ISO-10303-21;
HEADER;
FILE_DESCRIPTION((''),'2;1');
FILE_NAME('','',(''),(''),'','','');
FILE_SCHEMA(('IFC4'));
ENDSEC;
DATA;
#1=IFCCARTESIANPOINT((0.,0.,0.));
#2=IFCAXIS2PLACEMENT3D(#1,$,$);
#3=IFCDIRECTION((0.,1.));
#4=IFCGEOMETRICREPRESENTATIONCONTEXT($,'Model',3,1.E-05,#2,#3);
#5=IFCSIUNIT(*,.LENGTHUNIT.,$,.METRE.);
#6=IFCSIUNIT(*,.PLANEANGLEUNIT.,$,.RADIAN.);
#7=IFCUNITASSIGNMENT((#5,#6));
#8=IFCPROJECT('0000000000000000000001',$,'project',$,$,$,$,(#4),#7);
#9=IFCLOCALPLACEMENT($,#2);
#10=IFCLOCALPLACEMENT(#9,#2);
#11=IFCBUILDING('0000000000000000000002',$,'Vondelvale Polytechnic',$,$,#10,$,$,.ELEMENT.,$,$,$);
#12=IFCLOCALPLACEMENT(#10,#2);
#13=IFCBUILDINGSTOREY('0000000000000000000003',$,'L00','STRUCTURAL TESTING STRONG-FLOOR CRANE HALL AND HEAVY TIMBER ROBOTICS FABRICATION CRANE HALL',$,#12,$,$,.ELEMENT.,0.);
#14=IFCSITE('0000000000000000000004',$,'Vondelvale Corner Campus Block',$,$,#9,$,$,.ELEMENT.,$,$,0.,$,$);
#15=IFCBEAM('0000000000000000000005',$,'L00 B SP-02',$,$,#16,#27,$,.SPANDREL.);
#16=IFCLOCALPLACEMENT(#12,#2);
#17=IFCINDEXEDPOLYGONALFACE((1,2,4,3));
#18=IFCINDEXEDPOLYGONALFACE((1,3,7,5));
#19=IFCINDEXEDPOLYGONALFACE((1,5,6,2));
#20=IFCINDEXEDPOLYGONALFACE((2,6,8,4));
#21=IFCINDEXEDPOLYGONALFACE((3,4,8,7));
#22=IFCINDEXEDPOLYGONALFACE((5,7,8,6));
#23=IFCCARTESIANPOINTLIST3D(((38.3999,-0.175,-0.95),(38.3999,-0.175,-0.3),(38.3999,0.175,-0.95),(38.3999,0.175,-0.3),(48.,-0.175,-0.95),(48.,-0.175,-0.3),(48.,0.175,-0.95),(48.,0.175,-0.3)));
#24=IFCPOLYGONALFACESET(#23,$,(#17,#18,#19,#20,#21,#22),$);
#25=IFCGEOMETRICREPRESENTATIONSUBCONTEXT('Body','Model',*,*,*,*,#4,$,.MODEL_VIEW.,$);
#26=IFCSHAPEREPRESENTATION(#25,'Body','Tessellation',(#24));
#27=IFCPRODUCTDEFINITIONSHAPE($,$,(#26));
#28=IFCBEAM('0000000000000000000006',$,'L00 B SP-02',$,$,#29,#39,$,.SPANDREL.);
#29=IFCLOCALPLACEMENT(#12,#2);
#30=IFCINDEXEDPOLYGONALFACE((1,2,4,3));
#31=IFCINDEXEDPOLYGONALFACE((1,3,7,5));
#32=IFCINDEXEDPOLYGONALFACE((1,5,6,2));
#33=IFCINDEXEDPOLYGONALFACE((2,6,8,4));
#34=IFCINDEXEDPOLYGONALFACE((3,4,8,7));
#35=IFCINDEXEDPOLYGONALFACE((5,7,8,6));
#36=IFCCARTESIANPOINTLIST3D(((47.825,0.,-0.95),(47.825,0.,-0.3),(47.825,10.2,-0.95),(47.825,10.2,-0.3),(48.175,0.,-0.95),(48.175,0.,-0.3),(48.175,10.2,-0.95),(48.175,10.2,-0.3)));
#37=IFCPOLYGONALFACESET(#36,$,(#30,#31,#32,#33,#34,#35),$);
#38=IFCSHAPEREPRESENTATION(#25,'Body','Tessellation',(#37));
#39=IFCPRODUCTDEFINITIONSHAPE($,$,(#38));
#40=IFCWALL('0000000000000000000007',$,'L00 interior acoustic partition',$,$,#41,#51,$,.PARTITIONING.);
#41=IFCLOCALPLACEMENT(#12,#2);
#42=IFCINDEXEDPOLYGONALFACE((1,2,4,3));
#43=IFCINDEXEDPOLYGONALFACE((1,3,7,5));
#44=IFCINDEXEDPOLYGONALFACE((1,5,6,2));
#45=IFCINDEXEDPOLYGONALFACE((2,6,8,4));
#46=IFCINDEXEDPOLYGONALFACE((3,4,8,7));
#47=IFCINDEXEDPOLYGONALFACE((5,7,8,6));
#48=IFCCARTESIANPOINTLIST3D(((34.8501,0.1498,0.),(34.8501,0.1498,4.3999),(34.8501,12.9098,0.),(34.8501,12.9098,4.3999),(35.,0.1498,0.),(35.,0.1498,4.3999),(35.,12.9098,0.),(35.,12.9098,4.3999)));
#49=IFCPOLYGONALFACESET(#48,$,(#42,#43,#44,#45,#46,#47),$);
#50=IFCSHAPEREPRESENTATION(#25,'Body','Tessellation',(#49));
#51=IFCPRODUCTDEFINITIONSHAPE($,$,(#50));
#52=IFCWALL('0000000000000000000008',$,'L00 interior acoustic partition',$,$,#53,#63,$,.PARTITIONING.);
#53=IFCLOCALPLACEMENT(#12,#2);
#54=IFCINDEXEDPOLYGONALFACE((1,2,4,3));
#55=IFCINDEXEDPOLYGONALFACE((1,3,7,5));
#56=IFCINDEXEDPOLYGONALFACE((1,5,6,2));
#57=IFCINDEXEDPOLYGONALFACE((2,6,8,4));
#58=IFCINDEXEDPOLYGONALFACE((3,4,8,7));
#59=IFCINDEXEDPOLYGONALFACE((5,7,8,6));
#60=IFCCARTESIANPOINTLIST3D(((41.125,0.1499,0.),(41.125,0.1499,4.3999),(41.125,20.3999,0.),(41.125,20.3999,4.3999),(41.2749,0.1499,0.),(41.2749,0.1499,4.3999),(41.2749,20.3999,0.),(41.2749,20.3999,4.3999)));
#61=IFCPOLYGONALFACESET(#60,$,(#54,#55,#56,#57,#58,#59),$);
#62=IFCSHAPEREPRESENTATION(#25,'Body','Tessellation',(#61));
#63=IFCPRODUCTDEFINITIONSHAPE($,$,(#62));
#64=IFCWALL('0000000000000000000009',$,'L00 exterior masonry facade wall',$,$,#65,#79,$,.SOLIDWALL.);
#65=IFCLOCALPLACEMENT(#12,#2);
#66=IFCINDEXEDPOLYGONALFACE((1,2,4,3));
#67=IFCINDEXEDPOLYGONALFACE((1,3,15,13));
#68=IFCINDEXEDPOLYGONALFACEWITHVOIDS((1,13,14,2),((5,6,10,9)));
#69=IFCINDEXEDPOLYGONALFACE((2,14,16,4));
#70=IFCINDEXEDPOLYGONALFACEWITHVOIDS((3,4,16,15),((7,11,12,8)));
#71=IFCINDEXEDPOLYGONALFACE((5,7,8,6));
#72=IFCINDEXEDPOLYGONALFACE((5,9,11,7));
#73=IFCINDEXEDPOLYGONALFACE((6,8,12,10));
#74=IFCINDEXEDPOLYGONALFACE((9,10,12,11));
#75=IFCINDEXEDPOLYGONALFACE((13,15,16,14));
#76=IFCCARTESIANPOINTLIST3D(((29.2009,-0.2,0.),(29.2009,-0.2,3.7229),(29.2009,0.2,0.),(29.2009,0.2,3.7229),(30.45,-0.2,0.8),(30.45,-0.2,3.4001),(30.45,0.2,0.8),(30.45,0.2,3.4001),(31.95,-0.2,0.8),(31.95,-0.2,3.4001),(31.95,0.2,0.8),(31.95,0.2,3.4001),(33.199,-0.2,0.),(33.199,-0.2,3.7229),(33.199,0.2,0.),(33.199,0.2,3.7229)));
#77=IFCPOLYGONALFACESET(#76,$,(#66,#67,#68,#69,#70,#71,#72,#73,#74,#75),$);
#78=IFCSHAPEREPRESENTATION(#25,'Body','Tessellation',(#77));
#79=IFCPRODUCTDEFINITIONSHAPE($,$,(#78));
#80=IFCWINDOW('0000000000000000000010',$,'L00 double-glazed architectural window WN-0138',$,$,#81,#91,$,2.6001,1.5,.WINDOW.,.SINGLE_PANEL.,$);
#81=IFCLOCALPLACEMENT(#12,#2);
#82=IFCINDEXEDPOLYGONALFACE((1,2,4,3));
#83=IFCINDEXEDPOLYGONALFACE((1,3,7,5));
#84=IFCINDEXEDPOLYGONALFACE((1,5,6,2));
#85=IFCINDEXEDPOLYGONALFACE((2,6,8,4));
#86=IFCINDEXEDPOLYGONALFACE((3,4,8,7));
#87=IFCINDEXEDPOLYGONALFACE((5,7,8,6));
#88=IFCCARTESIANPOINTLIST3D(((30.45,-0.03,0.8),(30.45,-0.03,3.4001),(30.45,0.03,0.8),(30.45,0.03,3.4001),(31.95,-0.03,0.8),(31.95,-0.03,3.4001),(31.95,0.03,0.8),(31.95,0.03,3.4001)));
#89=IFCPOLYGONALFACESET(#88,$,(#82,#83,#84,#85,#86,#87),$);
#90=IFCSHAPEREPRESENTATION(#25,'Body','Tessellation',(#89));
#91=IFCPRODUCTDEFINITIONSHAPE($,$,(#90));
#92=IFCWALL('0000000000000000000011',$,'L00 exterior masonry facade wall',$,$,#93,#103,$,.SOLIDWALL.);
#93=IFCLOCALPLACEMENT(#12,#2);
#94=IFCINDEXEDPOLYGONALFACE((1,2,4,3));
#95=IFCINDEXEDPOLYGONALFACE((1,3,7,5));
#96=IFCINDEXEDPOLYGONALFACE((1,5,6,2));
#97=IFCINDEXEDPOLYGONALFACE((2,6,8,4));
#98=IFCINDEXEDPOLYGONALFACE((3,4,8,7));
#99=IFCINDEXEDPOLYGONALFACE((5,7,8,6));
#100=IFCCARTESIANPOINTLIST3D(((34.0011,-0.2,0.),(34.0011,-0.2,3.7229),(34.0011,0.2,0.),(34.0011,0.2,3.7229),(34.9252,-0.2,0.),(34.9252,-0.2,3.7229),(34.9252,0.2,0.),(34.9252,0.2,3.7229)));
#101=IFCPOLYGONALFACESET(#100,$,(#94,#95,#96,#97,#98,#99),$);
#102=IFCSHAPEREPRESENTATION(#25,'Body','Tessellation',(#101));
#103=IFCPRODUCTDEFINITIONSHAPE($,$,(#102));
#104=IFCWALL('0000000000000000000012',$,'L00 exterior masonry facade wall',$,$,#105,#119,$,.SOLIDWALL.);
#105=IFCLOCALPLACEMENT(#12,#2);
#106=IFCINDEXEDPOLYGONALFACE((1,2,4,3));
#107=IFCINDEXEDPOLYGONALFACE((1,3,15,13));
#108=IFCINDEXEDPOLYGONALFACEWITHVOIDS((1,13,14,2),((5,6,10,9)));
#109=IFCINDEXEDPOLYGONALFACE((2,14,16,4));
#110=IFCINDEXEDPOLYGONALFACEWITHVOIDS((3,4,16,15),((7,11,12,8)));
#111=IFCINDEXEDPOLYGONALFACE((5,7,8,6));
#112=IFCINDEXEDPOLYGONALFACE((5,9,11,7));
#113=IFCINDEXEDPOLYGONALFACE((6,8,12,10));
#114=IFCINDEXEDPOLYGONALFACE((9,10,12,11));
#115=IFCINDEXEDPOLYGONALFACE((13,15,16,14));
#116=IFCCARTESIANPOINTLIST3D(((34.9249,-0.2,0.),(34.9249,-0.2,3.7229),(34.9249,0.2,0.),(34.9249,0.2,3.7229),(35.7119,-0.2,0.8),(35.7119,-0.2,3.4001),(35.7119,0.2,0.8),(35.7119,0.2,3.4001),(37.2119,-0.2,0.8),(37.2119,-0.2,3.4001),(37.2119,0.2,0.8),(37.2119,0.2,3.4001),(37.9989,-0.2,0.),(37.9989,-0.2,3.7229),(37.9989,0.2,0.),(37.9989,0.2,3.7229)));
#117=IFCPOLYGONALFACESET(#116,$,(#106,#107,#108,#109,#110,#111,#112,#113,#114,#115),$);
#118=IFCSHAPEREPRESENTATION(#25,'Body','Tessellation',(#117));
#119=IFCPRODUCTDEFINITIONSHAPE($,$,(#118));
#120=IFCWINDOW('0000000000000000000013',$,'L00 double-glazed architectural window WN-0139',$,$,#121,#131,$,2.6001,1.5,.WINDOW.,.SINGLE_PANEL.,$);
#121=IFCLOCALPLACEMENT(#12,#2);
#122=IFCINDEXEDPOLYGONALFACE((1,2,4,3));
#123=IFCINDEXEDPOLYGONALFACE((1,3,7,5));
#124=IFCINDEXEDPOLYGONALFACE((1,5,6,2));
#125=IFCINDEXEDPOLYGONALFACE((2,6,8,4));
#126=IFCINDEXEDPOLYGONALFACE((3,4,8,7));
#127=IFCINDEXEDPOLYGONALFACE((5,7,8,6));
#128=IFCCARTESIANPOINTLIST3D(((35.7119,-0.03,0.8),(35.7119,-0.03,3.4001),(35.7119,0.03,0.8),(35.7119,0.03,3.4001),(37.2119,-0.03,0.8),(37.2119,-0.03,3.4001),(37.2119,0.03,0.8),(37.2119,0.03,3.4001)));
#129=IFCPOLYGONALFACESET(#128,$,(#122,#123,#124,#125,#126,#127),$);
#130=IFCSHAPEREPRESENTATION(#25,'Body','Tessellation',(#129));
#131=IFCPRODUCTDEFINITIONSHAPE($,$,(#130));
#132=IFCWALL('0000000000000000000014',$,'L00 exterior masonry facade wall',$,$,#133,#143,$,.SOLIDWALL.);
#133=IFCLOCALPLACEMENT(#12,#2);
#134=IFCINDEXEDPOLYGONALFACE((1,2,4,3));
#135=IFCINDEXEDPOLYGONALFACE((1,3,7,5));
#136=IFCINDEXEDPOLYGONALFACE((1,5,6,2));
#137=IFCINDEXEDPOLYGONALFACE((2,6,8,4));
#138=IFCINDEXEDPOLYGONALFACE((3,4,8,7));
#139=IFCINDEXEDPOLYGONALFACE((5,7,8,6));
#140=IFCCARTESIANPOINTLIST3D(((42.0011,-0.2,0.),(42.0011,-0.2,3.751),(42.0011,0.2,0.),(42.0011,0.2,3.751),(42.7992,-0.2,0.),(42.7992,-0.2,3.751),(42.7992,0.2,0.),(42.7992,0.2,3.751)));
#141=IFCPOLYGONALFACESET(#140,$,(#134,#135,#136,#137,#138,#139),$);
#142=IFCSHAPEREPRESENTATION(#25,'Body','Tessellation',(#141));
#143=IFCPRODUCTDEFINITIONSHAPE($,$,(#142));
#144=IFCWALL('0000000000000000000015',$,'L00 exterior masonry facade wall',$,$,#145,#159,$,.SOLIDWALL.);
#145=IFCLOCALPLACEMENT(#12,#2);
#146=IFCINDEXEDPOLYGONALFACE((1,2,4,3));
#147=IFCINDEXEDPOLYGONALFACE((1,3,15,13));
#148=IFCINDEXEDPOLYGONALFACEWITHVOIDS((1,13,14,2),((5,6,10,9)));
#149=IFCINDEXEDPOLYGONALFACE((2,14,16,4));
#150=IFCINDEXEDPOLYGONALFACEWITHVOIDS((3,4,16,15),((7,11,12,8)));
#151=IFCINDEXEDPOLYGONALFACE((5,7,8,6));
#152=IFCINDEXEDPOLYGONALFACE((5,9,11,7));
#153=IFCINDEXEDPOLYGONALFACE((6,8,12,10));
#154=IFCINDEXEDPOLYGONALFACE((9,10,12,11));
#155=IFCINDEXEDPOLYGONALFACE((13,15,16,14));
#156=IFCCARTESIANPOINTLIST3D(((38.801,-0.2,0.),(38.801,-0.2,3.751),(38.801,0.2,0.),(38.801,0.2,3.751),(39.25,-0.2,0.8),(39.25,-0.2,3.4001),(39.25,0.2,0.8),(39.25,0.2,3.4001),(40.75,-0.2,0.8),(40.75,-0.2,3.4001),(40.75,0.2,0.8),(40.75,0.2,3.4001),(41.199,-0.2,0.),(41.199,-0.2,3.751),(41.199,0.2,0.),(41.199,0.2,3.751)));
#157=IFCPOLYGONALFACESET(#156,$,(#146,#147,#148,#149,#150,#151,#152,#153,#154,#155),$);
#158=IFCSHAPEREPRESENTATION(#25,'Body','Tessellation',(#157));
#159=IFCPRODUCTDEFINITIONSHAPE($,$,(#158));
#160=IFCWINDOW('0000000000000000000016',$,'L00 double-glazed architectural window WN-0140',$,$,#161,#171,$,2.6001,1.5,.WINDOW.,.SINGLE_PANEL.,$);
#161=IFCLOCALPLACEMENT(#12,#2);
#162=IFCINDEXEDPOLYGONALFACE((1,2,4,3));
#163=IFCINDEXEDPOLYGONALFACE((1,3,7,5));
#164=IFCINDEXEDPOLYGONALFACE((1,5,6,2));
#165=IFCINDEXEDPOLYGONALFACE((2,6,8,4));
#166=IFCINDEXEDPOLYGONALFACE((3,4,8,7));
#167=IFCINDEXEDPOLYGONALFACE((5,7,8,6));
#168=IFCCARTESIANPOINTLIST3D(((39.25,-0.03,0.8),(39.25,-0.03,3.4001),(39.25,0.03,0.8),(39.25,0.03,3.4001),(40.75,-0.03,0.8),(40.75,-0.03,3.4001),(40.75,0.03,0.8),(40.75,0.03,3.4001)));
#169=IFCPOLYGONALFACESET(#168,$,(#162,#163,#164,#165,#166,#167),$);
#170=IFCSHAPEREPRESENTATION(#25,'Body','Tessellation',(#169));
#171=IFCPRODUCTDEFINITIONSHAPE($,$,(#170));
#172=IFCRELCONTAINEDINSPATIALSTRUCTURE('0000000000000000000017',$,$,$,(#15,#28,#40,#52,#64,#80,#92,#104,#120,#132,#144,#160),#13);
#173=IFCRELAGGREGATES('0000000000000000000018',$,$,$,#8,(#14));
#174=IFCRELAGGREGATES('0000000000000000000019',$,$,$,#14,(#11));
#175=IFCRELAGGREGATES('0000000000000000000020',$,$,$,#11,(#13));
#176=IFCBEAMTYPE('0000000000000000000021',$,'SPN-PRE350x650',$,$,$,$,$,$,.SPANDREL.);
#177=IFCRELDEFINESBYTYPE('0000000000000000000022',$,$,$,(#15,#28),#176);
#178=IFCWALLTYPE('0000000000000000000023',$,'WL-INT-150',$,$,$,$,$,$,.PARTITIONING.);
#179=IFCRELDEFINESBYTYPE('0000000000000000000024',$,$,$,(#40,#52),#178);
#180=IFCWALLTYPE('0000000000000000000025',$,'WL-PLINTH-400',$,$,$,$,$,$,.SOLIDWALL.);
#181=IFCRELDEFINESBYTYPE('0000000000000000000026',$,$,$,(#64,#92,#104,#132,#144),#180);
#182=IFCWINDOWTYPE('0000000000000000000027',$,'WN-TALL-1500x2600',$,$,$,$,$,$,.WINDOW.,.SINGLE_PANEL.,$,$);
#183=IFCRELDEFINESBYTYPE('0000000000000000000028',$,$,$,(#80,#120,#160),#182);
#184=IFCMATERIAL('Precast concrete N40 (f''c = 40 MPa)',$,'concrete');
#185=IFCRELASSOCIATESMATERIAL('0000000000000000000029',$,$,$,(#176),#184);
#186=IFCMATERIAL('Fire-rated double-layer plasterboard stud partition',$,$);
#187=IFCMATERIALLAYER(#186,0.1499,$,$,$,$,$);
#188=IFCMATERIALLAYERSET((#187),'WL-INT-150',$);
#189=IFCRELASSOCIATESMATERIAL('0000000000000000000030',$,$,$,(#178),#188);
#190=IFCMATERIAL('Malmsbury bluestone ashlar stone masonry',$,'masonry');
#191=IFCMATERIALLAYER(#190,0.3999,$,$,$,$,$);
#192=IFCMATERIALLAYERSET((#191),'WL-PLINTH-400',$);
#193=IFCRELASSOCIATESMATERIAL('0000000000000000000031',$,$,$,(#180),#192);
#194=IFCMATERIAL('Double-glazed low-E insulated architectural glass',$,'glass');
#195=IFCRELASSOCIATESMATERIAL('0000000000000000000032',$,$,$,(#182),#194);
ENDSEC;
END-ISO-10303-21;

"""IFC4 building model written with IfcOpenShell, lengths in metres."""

from ifc_helpers import new_model, si_unit, direction, frame, frame_2d, origin, origin_2d, place, context, subcontext, project, spatial, rectangle, extrude, material, layer, layer_set, material_profile, profile_set, type_object, element, fill, save


model = new_model("IFC4")

# Units and contexts
model_context = context("Model", 3, precision=1e-05, world=origin(), true_north=direction((0.0, 1.0)))
body_context = subcontext(model_context, "Body", "Model", "MODEL_VIEW")
ifc_project = project(units=[si_unit("LENGTHUNIT", "METRE"), si_unit("PLANEANGLEUNIT", "RADIAN")], contexts=[model_context])

# Site, building, storey
site_placement = place(None, origin())
site = spatial("IfcSite", under=ifc_project, at=site_placement, Name="Vondelvale Corner Campus Block", CompositionType="ELEMENT", RefElevation=0.0)
building_placement = place(site_placement, origin())
building = spatial("IfcBuilding", under=site, at=building_placement, Name="Vondelvale Polytechnic", CompositionType="ELEMENT")
storey_placement = place(building_placement, origin())
storey = spatial("IfcBuildingStorey", under=building, at=storey_placement, Name="L00", Description="STRUCTURAL TESTING STRONG-FLOOR CRANE HALL AND HEAVY TIMBER ROBOTICS FABRICATION CRANE HALL", CompositionType="ELEMENT", Elevation=0.0)

# Beams
ifc_material_1 = material(Name="Precast concrete N40 (f'c = 40 MPa)", Category="concrete")
ifc_material_profile_1 = material_profile(ifc_material_1, rectangle(XDim=0.3501, YDim=0.6499, at=origin_2d()), Name="RC-SPN-350x650")
ifc_profile_set_1 = profile_set([ifc_material_profile_1], Name="Precast concrete N40 (f'c = 40 MPa)")
beam_type_1 = type_object("IfcBeamType", Name="SPN-PRE350x650", PredefinedType="SPANDREL", material=ifc_profile_set_1)
beam_1_placement = place(storey_placement, frame((38.3999, 0.0, -0.625), z_axis=(1.0, 0.0, 0.0), x_axis=(0.0, 1.0, 0.0)))
element("IfcBeam", 1, at=beam_1_placement, inside=storey, type_object=beam_type_1, Name="L00 B SP-02", PredefinedType="SPANDREL", context=body_context, shape_type="SweptSolid", body=[
    extrude(rectangle(XDim=0.3501, YDim=0.6499, at=origin_2d()), origin(), (0.0, 0.0, 1.0), 9.6001),
])
beam_2_placement = place(storey_placement, frame((48.0, 0.0, -0.625), z_axis=(0.0, 1.0, 0.0), x_axis=(-1.0, 0.0, 0.0)))
element("IfcBeam", 2, at=beam_2_placement, inside=storey, type_object=beam_type_1, Name="L00 B SP-02", PredefinedType="SPANDREL", context=body_context, shape_type="SweptSolid", body=[
    extrude(rectangle(XDim=0.3501, YDim=0.6499, at=origin_2d()), origin(), (0.0, 0.0, 1.0), 10.2),
])

# Walls
ifc_material_2 = material(Name="Fire-rated double-layer plasterboard stud partition")
ifc_layer_1 = layer(ifc_material_2, 0.1499)
ifc_layer_set_1 = layer_set([ifc_layer_1], Name="WL-INT-150")
wall_type_1 = type_object("IfcWallType", Name="WL-INT-150", PredefinedType="PARTITIONING", material=ifc_layer_set_1)
wall_1_placement = place(storey_placement, frame((34.925, 0.1499, 0.0), z_axis=(0.0, 0.0, 1.0), x_axis=(0.0, 1.0, 0.0)))
element("IfcWall", 3, at=wall_1_placement, inside=storey, type_object=wall_type_1, Name="L00 interior acoustic partition", PredefinedType="PARTITIONING", context=body_context, shape_type="SweptSolid", body=[
    extrude(rectangle(XDim=12.76, YDim=0.1499, at=frame_2d((6.3799, 0.0))), origin(), (0.0, 0.0, 1.0), 4.3999),
])
wall_2_placement = place(storey_placement, frame((41.2, 0.1499, 0.0), z_axis=(0.0, 0.0, 1.0), x_axis=(0.0, 1.0, 0.0)))
element("IfcWall", 4, at=wall_2_placement, inside=storey, type_object=wall_type_1, Name="L00 interior acoustic partition", PredefinedType="PARTITIONING", context=body_context, shape_type="SweptSolid", body=[
    extrude(rectangle(XDim=20.25, YDim=0.1499, at=frame_2d((10.125, 0.0))), origin(), (0.0, 0.0, 1.0), 4.3999),
])

# Wall, opening, window
ifc_material_3 = material(Name="Malmsbury bluestone ashlar stone masonry", Category="masonry")
ifc_layer_2 = layer(ifc_material_3, 0.3999)
ifc_layer_set_2 = layer_set([ifc_layer_2], Name="WL-PLINTH-400")
wall_type_2 = type_object("IfcWallType", Name="WL-PLINTH-400", PredefinedType="SOLIDWALL", material=ifc_layer_set_2)
wall_3_placement = place(storey_placement, frame((33.199, 0.0, 0.0), z_axis=(0.0, 0.0, 1.0), x_axis=(-1.0, 0.0, 0.0)))
wall_3 = element("IfcWall", 5, at=wall_3_placement, inside=storey, type_object=wall_type_2, Name="L00 exterior masonry facade wall", PredefinedType="SOLIDWALL", context=body_context, shape_type="SweptSolid", body=[
    extrude(rectangle(XDim=3.998, YDim=0.3999, at=frame_2d((1.999, 0.0))), origin(), (0.0, 0.0, 1.0), 3.7229),
])
opening_1_placement = place(wall_3_placement, frame((1.249, 0.0, 0.8)))
opening_1 = element("IfcOpeningElement", 6, at=opening_1_placement, cuts=wall_3, PredefinedType="OPENING", context=body_context, shape_type="SweptSolid", body=[
    extrude(rectangle(XDim=1.5, YDim=2.6001, at=frame_2d((0.75, 1.3))), frame((0.0, 0.21, 0.0), z_axis=(0.0, -1.0, 0.0), x_axis=(1.0, 0.0, 0.0)), (0.0, 0.0, 1.0), 0.4199),
])
ifc_material_4 = material(Name="Double-glazed low-E insulated architectural glass", Category="glass")
window_type = type_object("IfcWindowType", Name="WN-TALL-1500x2600", PartitioningType="SINGLE_PANEL", PredefinedType="WINDOW", material=ifc_material_4)
window_1_placement = place(opening_1_placement, origin())
window_1 = element("IfcWindow", 7, at=window_1_placement, inside=storey, type_object=window_type, Name="L00 double-glazed architectural window WN-0138", OverallHeight=2.6001, OverallWidth=1.5, PartitioningType="SINGLE_PANEL", PredefinedType="WINDOW", context=body_context, shape_type="SweptSolid", body=[
    extrude(rectangle(XDim=1.5, YDim=2.6001, at=frame_2d((0.75, 1.3))), frame((0.0, 0.03, 0.0), z_axis=(0.0, -1.0, 0.0), x_axis=(1.0, 0.0, 0.0)), (0.0, 0.0, 1.0), 0.0601),
])
fill(opening_1, window_1)

# Wall
wall_4_placement = place(storey_placement, frame((34.925, 0.0, 0.0), z_axis=(0.0, 0.0, 1.0), x_axis=(-1.0, 0.0, 0.0)))
element("IfcWall", 8, at=wall_4_placement, inside=storey, type_object=wall_type_2, Name="L00 exterior masonry facade wall", PredefinedType="SOLIDWALL", context=body_context, shape_type="SweptSolid", body=[
    extrude(rectangle(XDim=0.9241, YDim=0.3999, at=frame_2d((0.4619, 0.0))), origin(), (0.0, 0.0, 1.0), 3.7229),
])

# Wall, opening, window
wall_5_placement = place(storey_placement, frame((37.999, 0.0, 0.0), z_axis=(0.0, 0.0, 1.0), x_axis=(-1.0, 0.0, 0.0)))
wall_5 = element("IfcWall", 9, at=wall_5_placement, inside=storey, type_object=wall_type_2, Name="L00 exterior masonry facade wall", PredefinedType="SOLIDWALL", context=body_context, shape_type="SweptSolid", body=[
    extrude(rectangle(XDim=3.074, YDim=0.3999, at=frame_2d((1.5371, 0.0))), origin(), (0.0, 0.0, 1.0), 3.7229),
])
opening_2_placement = place(wall_5_placement, frame((0.7871, 0.0, 0.8)))
opening_2 = element("IfcOpeningElement", 10, at=opening_2_placement, cuts=wall_5, PredefinedType="OPENING", context=body_context, shape_type="SweptSolid", body=[
    extrude(rectangle(XDim=1.5, YDim=2.6001, at=frame_2d((0.75, 1.3))), frame((0.0, 0.21, 0.0), z_axis=(0.0, -1.0, 0.0), x_axis=(1.0, 0.0, 0.0)), (0.0, 0.0, 1.0), 0.4199),
])
window_2_placement = place(opening_2_placement, origin())
window_2 = element("IfcWindow", 11, at=window_2_placement, inside=storey, type_object=window_type, Name="L00 double-glazed architectural window WN-0139", OverallHeight=2.6001, OverallWidth=1.5, PartitioningType="SINGLE_PANEL", PredefinedType="WINDOW", context=body_context, shape_type="SweptSolid", body=[
    extrude(rectangle(XDim=1.5, YDim=2.6001, at=frame_2d((0.75, 1.3))), frame((0.0, 0.03, 0.0), z_axis=(0.0, -1.0, 0.0), x_axis=(1.0, 0.0, 0.0)), (0.0, 0.0, 1.0), 0.0601),
])
fill(opening_2, window_2)

# Wall
wall_6_placement = place(storey_placement, frame((42.7991, 0.0, 0.0), z_axis=(0.0, 0.0, 1.0), x_axis=(-1.0, 0.0, 0.0)))
element("IfcWall", 12, at=wall_6_placement, inside=storey, type_object=wall_type_2, Name="L00 exterior masonry facade wall", PredefinedType="SOLIDWALL", context=body_context, shape_type="SweptSolid", body=[
    extrude(rectangle(XDim=0.7981, YDim=0.3999, at=frame_2d((0.3989, 0.0))), origin(), (0.0, 0.0, 1.0), 3.751),
])

# Wall, opening, window
wall_7_placement = place(storey_placement, frame((41.199, 0.0, 0.0), z_axis=(0.0, 0.0, 1.0), x_axis=(-1.0, 0.0, 0.0)))
wall_7 = element("IfcWall", 13, at=wall_7_placement, inside=storey, type_object=wall_type_2, Name="L00 exterior masonry facade wall", PredefinedType="SOLIDWALL", context=body_context, shape_type="SweptSolid", body=[
    extrude(rectangle(XDim=2.3979, YDim=0.3999, at=frame_2d((1.199, 0.0))), origin(), (0.0, 0.0, 1.0), 3.751),
])
opening_3_placement = place(wall_7_placement, frame((0.449, 0.0, 0.8)))
opening_3 = element("IfcOpeningElement", 14, at=opening_3_placement, cuts=wall_7, PredefinedType="OPENING", context=body_context, shape_type="SweptSolid", body=[
    extrude(rectangle(XDim=1.5, YDim=2.6001, at=frame_2d((0.75, 1.3))), frame((0.0, 0.21, 0.0), z_axis=(0.0, -1.0, 0.0), x_axis=(1.0, 0.0, 0.0)), (0.0, 0.0, 1.0), 0.4199),
])
window_3_placement = place(opening_3_placement, origin())
window_3 = element("IfcWindow", 15, at=window_3_placement, inside=storey, type_object=window_type, Name="L00 double-glazed architectural window WN-0140", OverallHeight=2.6001, OverallWidth=1.5, PartitioningType="SINGLE_PANEL", PredefinedType="WINDOW", context=body_context, shape_type="SweptSolid", body=[
    extrude(rectangle(XDim=1.5, YDim=2.6001, at=frame_2d((0.75, 1.3))), frame((0.0, 0.03, 0.0), z_axis=(0.0, -1.0, 0.0), x_axis=(1.0, 0.0, 0.0)), (0.0, 0.0, 1.0), 0.0601),
])
fill(opening_3, window_3)

save(model, "model.ifc")
